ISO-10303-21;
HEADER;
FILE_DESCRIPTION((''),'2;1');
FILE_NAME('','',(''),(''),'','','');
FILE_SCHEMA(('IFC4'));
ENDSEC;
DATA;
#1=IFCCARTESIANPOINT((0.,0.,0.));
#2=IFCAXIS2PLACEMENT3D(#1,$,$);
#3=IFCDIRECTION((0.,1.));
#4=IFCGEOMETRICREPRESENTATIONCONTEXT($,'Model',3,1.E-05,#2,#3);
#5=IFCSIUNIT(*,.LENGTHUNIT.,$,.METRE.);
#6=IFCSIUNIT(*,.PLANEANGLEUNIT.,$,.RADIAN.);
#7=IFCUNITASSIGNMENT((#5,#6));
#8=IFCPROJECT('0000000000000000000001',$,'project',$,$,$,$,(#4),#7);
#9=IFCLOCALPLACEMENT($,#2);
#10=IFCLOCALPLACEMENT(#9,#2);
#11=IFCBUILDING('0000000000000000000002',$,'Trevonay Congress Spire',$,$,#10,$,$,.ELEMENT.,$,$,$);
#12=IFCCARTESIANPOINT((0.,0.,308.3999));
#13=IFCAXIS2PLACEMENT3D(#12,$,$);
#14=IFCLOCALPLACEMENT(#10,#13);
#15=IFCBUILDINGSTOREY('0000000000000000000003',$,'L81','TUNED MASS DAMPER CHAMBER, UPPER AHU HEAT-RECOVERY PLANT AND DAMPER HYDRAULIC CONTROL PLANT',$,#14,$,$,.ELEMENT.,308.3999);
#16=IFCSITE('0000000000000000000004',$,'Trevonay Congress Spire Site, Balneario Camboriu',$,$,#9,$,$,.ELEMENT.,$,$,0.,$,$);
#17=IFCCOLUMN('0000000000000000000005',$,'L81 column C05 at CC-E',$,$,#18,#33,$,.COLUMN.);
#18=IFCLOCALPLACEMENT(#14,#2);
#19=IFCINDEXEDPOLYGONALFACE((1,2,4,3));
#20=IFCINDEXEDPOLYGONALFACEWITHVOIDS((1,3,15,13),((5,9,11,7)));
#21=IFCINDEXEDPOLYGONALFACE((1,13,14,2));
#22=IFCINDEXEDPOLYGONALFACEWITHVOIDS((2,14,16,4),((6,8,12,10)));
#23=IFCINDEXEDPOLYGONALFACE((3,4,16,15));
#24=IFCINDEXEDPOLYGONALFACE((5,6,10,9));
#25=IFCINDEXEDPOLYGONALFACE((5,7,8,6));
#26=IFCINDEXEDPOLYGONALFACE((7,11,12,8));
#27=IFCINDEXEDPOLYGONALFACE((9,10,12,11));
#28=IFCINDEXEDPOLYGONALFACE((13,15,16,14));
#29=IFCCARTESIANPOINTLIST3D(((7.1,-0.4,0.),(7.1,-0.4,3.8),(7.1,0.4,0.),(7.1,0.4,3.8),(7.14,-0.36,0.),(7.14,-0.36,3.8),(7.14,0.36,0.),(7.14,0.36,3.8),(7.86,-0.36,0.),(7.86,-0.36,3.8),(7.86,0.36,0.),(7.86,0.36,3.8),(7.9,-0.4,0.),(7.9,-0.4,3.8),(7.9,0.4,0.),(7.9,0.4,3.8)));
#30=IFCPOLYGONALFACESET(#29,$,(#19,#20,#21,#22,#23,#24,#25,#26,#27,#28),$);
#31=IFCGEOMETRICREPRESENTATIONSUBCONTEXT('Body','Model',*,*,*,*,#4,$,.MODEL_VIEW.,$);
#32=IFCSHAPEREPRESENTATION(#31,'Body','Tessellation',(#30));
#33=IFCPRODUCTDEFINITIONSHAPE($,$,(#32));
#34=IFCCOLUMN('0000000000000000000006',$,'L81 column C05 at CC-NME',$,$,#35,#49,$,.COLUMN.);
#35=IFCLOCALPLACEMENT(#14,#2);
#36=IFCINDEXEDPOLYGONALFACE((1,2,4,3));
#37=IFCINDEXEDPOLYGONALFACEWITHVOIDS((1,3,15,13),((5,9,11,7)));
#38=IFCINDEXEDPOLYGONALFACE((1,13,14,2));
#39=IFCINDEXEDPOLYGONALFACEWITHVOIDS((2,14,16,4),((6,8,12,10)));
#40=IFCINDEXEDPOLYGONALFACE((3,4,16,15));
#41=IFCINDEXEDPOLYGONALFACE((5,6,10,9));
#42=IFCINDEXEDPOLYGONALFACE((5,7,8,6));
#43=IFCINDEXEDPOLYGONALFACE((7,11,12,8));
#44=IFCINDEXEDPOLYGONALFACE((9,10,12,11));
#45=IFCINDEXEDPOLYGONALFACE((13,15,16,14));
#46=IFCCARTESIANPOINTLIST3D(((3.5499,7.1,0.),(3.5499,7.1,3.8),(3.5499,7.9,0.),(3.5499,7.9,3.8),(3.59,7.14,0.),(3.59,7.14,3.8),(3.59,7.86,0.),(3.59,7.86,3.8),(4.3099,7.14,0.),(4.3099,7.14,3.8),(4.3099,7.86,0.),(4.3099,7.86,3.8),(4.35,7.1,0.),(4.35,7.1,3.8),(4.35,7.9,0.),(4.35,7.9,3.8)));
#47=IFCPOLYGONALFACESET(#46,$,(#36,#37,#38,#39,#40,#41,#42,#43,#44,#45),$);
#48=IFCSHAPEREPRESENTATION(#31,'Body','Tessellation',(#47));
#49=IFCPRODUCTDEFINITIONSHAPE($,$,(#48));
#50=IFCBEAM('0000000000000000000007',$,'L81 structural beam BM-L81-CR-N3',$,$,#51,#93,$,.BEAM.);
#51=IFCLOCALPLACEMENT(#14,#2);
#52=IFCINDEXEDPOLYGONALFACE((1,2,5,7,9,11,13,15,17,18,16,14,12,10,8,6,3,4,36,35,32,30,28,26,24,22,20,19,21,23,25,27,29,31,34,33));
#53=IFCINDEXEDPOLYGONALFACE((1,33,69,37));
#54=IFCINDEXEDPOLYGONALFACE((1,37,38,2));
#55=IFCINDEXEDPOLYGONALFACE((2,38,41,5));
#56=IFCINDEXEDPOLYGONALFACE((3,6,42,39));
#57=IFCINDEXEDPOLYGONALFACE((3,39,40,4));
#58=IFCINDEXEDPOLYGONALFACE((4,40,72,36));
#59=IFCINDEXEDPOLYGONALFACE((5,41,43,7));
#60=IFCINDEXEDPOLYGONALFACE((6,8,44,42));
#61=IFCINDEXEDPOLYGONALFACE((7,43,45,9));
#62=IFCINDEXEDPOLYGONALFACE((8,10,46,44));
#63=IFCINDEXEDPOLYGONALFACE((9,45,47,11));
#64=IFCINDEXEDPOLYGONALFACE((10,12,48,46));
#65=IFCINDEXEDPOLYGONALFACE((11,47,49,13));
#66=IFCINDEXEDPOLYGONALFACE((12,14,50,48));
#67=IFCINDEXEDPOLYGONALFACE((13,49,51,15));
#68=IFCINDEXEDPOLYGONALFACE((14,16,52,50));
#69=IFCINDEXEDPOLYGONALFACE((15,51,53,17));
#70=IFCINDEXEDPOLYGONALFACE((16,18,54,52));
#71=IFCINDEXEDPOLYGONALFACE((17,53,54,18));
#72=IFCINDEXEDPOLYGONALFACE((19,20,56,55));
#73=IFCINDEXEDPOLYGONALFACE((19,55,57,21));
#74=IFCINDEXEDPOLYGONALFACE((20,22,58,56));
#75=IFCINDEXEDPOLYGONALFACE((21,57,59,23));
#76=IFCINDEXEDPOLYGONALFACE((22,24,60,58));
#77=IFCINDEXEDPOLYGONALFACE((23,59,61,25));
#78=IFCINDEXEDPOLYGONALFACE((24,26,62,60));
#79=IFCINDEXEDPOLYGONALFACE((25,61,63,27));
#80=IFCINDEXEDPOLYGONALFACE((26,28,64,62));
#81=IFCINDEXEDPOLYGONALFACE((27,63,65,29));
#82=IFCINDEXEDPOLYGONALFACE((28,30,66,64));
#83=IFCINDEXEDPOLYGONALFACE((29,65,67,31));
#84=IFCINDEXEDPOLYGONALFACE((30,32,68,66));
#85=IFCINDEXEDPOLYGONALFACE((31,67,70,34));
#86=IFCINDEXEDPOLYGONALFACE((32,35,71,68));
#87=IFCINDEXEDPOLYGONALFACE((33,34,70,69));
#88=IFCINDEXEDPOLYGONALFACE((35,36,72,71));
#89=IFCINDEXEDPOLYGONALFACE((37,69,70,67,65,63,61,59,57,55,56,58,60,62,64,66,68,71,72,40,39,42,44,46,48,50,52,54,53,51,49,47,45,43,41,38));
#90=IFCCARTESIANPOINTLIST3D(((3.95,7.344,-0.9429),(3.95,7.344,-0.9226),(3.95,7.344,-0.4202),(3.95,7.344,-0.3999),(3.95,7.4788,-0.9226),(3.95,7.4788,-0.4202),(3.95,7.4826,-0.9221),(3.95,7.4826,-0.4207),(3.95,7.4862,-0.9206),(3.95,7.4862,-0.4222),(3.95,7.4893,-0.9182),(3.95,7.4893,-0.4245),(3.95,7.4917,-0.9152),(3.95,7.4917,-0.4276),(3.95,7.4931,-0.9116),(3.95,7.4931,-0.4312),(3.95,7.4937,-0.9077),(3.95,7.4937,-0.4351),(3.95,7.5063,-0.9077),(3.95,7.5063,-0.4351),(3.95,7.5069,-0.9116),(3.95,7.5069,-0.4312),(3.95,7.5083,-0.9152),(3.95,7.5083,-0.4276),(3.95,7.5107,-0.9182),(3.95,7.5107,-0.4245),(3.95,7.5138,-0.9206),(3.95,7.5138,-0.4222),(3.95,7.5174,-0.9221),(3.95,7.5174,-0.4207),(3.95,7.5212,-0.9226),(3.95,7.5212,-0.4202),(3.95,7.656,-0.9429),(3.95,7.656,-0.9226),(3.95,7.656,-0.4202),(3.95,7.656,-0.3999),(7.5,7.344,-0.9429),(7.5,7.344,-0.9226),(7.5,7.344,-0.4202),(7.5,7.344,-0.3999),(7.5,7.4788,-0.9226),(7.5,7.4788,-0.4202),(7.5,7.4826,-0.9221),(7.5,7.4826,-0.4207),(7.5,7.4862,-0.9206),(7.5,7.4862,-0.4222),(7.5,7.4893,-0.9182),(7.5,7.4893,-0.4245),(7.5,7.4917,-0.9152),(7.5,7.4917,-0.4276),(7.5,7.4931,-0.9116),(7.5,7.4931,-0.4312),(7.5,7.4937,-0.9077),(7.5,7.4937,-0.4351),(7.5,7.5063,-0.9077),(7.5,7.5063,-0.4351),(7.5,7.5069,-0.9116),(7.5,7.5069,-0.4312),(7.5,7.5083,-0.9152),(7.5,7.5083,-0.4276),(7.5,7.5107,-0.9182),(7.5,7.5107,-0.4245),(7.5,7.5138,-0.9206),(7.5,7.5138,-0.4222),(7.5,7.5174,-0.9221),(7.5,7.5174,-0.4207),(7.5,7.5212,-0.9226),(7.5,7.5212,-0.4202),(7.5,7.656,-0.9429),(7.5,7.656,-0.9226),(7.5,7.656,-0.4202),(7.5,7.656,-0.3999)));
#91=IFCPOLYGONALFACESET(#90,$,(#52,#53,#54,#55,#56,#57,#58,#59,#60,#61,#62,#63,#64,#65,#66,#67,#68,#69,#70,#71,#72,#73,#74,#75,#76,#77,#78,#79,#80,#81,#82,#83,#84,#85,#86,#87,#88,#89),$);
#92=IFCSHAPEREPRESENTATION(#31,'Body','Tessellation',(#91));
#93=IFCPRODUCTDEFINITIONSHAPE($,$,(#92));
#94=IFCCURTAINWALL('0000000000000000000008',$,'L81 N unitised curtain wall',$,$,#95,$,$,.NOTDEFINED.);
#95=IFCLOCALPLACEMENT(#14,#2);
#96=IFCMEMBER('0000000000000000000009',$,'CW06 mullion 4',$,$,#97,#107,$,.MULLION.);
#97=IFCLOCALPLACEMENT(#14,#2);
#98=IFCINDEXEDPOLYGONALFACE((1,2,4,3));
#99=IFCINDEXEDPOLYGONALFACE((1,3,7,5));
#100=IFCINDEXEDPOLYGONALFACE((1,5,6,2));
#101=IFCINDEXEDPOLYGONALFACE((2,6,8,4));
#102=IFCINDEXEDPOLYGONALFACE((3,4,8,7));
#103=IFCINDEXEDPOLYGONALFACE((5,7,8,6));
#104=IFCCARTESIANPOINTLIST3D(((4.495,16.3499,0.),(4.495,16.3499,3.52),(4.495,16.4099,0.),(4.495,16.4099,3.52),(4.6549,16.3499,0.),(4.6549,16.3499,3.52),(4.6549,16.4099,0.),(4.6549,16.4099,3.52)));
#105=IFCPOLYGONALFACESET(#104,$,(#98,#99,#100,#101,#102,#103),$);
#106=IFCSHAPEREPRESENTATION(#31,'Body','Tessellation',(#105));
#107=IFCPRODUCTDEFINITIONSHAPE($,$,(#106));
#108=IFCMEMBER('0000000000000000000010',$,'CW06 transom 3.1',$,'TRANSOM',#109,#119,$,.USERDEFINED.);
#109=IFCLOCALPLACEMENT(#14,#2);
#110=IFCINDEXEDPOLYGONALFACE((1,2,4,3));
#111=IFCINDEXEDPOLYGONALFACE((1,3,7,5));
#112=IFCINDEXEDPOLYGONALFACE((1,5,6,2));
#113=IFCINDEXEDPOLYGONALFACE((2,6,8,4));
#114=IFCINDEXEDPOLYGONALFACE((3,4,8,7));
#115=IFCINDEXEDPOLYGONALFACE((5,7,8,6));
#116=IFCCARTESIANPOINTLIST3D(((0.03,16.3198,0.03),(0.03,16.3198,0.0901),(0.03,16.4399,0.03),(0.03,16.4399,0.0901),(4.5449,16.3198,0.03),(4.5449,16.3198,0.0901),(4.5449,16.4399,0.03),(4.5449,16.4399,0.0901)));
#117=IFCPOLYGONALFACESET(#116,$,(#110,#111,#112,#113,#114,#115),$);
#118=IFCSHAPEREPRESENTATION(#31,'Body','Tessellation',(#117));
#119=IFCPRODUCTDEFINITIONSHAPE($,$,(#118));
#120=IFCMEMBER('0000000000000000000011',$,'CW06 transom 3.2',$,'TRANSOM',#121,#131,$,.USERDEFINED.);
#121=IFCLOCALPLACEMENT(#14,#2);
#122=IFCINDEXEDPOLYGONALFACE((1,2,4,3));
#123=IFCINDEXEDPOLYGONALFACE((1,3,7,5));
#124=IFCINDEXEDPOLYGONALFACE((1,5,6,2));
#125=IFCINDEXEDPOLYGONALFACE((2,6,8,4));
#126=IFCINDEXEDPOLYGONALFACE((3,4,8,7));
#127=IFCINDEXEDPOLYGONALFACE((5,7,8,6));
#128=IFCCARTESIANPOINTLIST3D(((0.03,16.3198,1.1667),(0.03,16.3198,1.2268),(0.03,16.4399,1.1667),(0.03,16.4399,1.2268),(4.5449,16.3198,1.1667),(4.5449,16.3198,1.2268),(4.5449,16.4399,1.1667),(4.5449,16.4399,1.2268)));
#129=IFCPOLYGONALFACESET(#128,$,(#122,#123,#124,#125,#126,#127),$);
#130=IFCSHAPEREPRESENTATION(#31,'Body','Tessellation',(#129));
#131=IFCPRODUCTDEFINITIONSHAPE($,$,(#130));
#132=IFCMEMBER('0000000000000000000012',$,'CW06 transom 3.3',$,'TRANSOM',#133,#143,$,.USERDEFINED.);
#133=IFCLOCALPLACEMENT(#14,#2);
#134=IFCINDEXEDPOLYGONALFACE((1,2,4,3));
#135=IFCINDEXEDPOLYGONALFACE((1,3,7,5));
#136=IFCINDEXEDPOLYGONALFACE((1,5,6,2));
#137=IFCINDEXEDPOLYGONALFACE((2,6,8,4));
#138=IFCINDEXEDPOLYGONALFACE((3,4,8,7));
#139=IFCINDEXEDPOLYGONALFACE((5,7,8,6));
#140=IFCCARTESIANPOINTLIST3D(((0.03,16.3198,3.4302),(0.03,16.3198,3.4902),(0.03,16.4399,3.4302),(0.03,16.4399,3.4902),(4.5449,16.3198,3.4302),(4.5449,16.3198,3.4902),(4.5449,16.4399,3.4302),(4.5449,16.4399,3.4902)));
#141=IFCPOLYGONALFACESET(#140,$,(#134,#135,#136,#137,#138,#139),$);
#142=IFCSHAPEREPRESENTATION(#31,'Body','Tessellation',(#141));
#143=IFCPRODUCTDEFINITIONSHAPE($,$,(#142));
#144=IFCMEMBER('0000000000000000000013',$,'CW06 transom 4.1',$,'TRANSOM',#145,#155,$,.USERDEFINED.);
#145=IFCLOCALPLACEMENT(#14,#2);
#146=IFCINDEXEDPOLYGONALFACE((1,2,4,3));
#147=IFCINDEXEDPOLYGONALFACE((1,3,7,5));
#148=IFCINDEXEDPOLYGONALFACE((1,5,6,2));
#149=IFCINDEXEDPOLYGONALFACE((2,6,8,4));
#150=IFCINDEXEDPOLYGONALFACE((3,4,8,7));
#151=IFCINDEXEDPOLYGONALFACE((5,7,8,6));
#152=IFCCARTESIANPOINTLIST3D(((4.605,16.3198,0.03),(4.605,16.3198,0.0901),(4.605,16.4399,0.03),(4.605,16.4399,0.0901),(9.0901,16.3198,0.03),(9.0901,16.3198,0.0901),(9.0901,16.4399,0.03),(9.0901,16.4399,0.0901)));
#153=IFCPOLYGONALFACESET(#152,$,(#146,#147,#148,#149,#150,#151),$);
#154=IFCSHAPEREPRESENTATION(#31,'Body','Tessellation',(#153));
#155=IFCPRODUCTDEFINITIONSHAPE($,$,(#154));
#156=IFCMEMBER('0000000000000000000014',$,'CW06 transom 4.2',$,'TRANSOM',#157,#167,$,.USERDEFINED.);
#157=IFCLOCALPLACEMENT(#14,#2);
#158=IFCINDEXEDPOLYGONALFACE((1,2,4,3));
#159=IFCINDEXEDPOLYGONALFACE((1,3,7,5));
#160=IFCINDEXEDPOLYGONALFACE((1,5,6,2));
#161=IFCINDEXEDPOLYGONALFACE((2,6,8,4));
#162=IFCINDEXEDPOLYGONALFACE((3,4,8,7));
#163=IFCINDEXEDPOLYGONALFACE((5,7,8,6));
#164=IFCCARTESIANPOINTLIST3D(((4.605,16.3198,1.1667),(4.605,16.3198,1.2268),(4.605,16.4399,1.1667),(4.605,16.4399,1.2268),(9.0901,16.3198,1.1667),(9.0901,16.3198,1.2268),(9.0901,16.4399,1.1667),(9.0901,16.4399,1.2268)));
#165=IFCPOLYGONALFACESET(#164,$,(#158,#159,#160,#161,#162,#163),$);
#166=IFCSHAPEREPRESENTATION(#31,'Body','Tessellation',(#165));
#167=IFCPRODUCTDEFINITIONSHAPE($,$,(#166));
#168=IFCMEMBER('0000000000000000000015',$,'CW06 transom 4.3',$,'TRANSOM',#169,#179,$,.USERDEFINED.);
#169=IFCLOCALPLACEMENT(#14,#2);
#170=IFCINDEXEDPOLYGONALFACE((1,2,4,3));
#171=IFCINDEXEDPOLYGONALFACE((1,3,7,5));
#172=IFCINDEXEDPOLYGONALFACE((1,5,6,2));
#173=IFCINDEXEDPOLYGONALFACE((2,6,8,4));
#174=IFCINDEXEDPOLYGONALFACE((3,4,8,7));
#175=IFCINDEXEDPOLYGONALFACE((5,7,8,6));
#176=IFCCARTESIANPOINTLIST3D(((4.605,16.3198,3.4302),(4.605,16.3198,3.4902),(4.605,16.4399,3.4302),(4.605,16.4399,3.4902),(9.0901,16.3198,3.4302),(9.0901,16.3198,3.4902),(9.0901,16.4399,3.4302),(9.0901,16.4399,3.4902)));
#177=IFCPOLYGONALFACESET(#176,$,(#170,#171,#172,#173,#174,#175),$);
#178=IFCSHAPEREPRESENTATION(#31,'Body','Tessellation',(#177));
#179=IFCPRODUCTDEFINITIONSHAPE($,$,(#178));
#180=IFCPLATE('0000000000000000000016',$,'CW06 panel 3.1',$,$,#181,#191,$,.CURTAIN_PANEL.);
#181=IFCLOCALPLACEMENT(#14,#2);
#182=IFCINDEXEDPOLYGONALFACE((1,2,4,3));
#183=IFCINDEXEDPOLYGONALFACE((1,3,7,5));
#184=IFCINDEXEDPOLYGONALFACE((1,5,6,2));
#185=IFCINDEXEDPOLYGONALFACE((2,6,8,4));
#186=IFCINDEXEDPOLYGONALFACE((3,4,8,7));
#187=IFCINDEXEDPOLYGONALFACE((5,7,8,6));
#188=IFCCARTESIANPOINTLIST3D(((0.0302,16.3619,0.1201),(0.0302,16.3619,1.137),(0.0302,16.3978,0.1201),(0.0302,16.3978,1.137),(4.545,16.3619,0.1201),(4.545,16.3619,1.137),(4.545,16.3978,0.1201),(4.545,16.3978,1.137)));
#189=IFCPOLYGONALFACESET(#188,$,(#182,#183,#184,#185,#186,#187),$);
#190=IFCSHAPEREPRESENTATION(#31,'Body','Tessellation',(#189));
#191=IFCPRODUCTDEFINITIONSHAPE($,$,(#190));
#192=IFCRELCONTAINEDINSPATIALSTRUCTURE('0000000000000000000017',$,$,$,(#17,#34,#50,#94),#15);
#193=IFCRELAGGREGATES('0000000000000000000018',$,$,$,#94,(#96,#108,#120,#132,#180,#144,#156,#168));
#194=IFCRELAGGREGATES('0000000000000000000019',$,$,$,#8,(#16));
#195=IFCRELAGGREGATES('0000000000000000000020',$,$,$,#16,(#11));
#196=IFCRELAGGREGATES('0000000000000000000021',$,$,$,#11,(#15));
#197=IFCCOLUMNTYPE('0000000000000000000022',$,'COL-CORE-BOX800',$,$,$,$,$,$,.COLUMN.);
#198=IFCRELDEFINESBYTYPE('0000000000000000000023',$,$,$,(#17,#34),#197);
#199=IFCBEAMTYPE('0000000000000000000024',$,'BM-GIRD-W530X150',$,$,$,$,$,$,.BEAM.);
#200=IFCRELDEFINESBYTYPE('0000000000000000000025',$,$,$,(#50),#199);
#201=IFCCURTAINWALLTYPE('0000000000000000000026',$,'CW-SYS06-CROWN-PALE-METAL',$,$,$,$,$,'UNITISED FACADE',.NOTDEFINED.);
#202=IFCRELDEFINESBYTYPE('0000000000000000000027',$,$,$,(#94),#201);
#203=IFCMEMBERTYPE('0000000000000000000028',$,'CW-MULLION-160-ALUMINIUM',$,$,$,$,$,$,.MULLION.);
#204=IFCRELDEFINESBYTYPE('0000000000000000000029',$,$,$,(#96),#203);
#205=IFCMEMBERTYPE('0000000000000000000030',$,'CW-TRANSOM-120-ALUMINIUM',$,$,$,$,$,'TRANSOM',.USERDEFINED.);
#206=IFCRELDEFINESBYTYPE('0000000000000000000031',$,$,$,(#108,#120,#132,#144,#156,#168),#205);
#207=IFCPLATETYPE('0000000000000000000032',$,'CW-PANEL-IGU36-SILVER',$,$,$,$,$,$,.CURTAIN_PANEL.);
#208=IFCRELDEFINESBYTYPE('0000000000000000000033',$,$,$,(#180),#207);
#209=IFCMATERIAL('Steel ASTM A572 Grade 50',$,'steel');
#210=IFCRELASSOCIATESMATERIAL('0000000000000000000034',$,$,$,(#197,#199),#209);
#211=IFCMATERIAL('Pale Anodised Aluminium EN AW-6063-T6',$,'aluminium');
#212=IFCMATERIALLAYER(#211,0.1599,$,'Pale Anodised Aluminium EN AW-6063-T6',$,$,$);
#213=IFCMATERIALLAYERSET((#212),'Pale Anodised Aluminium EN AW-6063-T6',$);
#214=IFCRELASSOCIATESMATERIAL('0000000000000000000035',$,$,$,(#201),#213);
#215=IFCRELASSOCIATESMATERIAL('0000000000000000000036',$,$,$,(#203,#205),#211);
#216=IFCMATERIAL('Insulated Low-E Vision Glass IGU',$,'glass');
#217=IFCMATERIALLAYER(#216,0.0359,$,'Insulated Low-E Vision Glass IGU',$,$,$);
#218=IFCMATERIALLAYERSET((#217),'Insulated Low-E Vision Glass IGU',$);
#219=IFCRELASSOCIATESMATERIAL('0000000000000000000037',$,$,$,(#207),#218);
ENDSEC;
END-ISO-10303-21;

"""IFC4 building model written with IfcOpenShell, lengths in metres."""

from ifc_helpers import new_model, si_unit, direction, frame, origin, origin_2d, place, context, subcontext, project, spatial, rectangle, hollow_rectangle, i_section, extrude, material, layer, layer_set, material_profile, profile_set, type_object, element, aggregate, save


model = new_model("IFC4")

# Units and contexts
model_context = context("Model", 3, precision=1e-05, world=origin(), true_north=direction((0.0, 1.0)))
body_context = subcontext(model_context, "Body", "Model", "MODEL_VIEW")
ifc_project = project(units=[si_unit("LENGTHUNIT", "METRE"), si_unit("PLANEANGLEUNIT", "RADIAN")], contexts=[model_context])

# Site, building, storey
site_placement = place(None, origin())
site = spatial("IfcSite", under=ifc_project, at=site_placement, Name="Trevonay Congress Spire Site, Balneario Camboriu", CompositionType="ELEMENT", RefElevation=0.0)
building_placement = place(site_placement, origin())
building = spatial("IfcBuilding", under=site, at=building_placement, Name="Trevonay Congress Spire", CompositionType="ELEMENT")
storey_placement = place(building_placement, frame((0.0, 0.0, 308.3999)))
storey = spatial("IfcBuildingStorey", under=building, at=storey_placement, Name="L81", Description="TUNED MASS DAMPER CHAMBER, UPPER AHU HEAT-RECOVERY PLANT AND DAMPER HYDRAULIC CONTROL PLANT", CompositionType="ELEMENT", Elevation=308.3999)

# Columns
ifc_material_1 = material(Name="Steel ASTM A572 Grade 50", Category="steel")
ifc_material_profile_1 = material_profile(ifc_material_1, hollow_rectangle(XDim=0.8, YDim=0.8, WallThickness=0.04, at=origin_2d()), Name="BOX 800x800x40")
ifc_profile_set_1 = profile_set([ifc_material_profile_1], Name="Steel ASTM A572 Grade 50")
column_type = type_object("IfcColumnType", Name="COL-CORE-BOX800", PredefinedType="COLUMN", material=ifc_profile_set_1)
for number, where, z_axis, x_axis, name in (
    (1, (7.5, 0.0, 0.0), (0.0, 0.0, 1.0), (1.0, 0.0, 0.0), "L81 column C05 at CC-E"),
    (2, (3.95, 7.5, 0.0), (0.0, 0.0, 1.0), (1.0, 0.0, 0.0), "L81 column C05 at CC-NME"),
):
    element("IfcColumn", number, at=place(storey_placement, frame(where, z_axis=z_axis, x_axis=x_axis)), inside=storey, type_object=column_type, Name=name, PredefinedType="COLUMN", context=body_context, shape_type="SweptSolid", body=[
        extrude(hollow_rectangle(XDim=0.8, YDim=0.8, WallThickness=0.04, at=origin_2d()), origin(), (0.0, 0.0, 1.0), 3.8),
    ])

# Beam
ifc_material_profile_2 = material_profile(ifc_material_1, i_section(OverallWidth=0.312, OverallDepth=0.543, WebThickness=0.0127, FlangeThickness=0.0203, FilletRadius=0.0149, at=origin_2d()), Name="W530x150")
ifc_profile_set_2 = profile_set([ifc_material_profile_2], Name="Steel ASTM A572 Grade 50")
beam_type = type_object("IfcBeamType", Name="BM-GIRD-W530X150", PredefinedType="BEAM", material=ifc_profile_set_2)
beam_placement = place(storey_placement, frame((3.95, 7.5, -0.6714), z_axis=(1.0, 0.0, 0.0), x_axis=(0.0, 1.0, 0.0)))
element("IfcBeam", 3, at=beam_placement, inside=storey, type_object=beam_type, Name="L81 structural beam BM-L81-CR-N3", PredefinedType="BEAM", context=body_context, shape_type="SweptSolid", body=[
    extrude(i_section(OverallWidth=0.312, OverallDepth=0.543, WebThickness=0.0127, FlangeThickness=0.0203, FilletRadius=0.0149, at=origin_2d()), origin(), (0.0, 0.0, 1.0), 3.55),
])

# Curtain wall, members, plate
ifc_material_2 = material(Name="Pale Anodised Aluminium EN AW-6063-T6", Category="aluminium")
ifc_layer_1 = layer(ifc_material_2, 0.1599, Name="Pale Anodised Aluminium EN AW-6063-T6")
ifc_layer_set_1 = layer_set([ifc_layer_1], Name="Pale Anodised Aluminium EN AW-6063-T6")
curtain_wall_type = type_object("IfcCurtainWallType", Name="CW-SYS06-CROWN-PALE-METAL", ElementType="UNITISED FACADE", PredefinedType="NOTDEFINED", material=ifc_layer_set_1)
curtain_wall_placement = place(storey_placement, origin())
curtain_wall = element("IfcCurtainWall", 4, at=curtain_wall_placement, inside=storey, type_object=curtain_wall_type, Name="L81 N unitised curtain wall", PredefinedType="NOTDEFINED")
ifc_material_profile_3 = material_profile(ifc_material_2, rectangle(XDim=0.0601, YDim=0.1599, at=origin_2d()), Name="CW-MULLION-160-ALUMINIUM")
ifc_profile_set_3 = profile_set([ifc_material_profile_3], Name="Pale Anodised Aluminium EN AW-6063-T6")
member_type_1 = type_object("IfcMemberType", Name="CW-MULLION-160-ALUMINIUM", PredefinedType="MULLION", material=ifc_profile_set_3)
member_1_placement = place(storey_placement, frame((4.575, 16.3799, 0.0), z_axis=(0.0, 0.0, 1.0), x_axis=(0.0, 1.0, 0.0)))
member_1 = element("IfcMember", 5, at=member_1_placement, type_object=member_type_1, Name="CW06 mullion 4", PredefinedType="MULLION", context=body_context, shape_type="SweptSolid", body=[
    extrude(rectangle(XDim=0.0601, YDim=0.1599, at=origin_2d()), origin(), (0.0, 0.0, 1.0), 3.52),
])
ifc_material_profile_4 = material_profile(ifc_material_2, rectangle(XDim=0.1201, YDim=0.0601, at=origin_2d()), Name="CW-TRANSOM-120-ALUMINIUM")
ifc_profile_set_4 = profile_set([ifc_material_profile_4], Name="Pale Anodised Aluminium EN AW-6063-T6")
member_type_2 = type_object("IfcMemberType", Name="CW-TRANSOM-120-ALUMINIUM", ElementType="TRANSOM", PredefinedType="USERDEFINED", material=ifc_profile_set_4)
member_2_placement = place(storey_placement, frame((0.03, 16.3799, 0.0601), z_axis=(1.0, 0.0, 0.0), x_axis=(0.0, 1.0, 0.0)))
member_2 = element("IfcMember", 6, at=member_2_placement, type_object=member_type_2, Name="CW06 transom 3.1", ObjectType="TRANSOM", PredefinedType="USERDEFINED", context=body_context, shape_type="SweptSolid", body=[
    extrude(rectangle(XDim=0.1201, YDim=0.0601, at=origin_2d()), origin(), (0.0, 0.0, 1.0), 4.5149),
])
member_3_placement = place(storey_placement, frame((0.03, 16.3799, 1.1968), z_axis=(1.0, 0.0, 0.0), x_axis=(0.0, 1.0, 0.0)))
member_3 = element("IfcMember", 7, at=member_3_placement, type_object=member_type_2, Name="CW06 transom 3.2", ObjectType="TRANSOM", PredefinedType="USERDEFINED", context=body_context, shape_type="SweptSolid", body=[
    extrude(rectangle(XDim=0.1201, YDim=0.0601, at=origin_2d()), origin(), (0.0, 0.0, 1.0), 4.5149),
])
member_4_placement = place(storey_placement, frame((0.03, 16.3799, 3.4602), z_axis=(1.0, 0.0, 0.0), x_axis=(0.0, 1.0, 0.0)))
member_4 = element("IfcMember", 8, at=member_4_placement, type_object=member_type_2, Name="CW06 transom 3.3", ObjectType="TRANSOM", PredefinedType="USERDEFINED", context=body_context, shape_type="SweptSolid", body=[
    extrude(rectangle(XDim=0.1201, YDim=0.0601, at=origin_2d()), origin(), (0.0, 0.0, 1.0), 4.5149),
])
member_5_placement = place(storey_placement, frame((4.605, 16.3799, 0.0601), z_axis=(1.0, 0.0, 0.0), x_axis=(0.0, 1.0, 0.0)))
member_5 = element("IfcMember", 9, at=member_5_placement, type_object=member_type_2, Name="CW06 transom 4.1", ObjectType="TRANSOM", PredefinedType="USERDEFINED", context=body_context, shape_type="SweptSolid", body=[
    extrude(rectangle(XDim=0.1201, YDim=0.0601, at=origin_2d()), origin(), (0.0, 0.0, 1.0), 4.4851),
])
member_6_placement = place(storey_placement, frame((4.605, 16.3799, 1.1968), z_axis=(1.0, 0.0, 0.0), x_axis=(0.0, 1.0, 0.0)))
member_6 = element("IfcMember", 10, at=member_6_placement, type_object=member_type_2, Name="CW06 transom 4.2", ObjectType="TRANSOM", PredefinedType="USERDEFINED", context=body_context, shape_type="SweptSolid", body=[
    extrude(rectangle(XDim=0.1201, YDim=0.0601, at=origin_2d()), origin(), (0.0, 0.0, 1.0), 4.4851),
])
member_7_placement = place(storey_placement, frame((4.605, 16.3799, 3.4602), z_axis=(1.0, 0.0, 0.0), x_axis=(0.0, 1.0, 0.0)))
member_7 = element("IfcMember", 11, at=member_7_placement, type_object=member_type_2, Name="CW06 transom 4.3", ObjectType="TRANSOM", PredefinedType="USERDEFINED", context=body_context, shape_type="SweptSolid", body=[
    extrude(rectangle(XDim=0.1201, YDim=0.0601, at=origin_2d()), origin(), (0.0, 0.0, 1.0), 4.4851),
])
ifc_material_3 = material(Name="Insulated Low-E Vision Glass IGU", Category="glass")
ifc_layer_2 = layer(ifc_material_3, 0.0359, Name="Insulated Low-E Vision Glass IGU")
ifc_layer_set_2 = layer_set([ifc_layer_2], Name="Insulated Low-E Vision Glass IGU")
plate_type = type_object("IfcPlateType", Name="CW-PANEL-IGU36-SILVER", PredefinedType="CURTAIN_PANEL", material=ifc_layer_set_2)
plate_1_placement = place(storey_placement, frame((2.2876, 16.3799, 0.1201), z_axis=(0.0, 0.0, 1.0), x_axis=(1.0, 0.0, 0.0)))
plate_1 = element("IfcPlate", 12, at=plate_1_placement, type_object=plate_type, Name="CW06 panel 3.1", PredefinedType="CURTAIN_PANEL", context=body_context, shape_type="SweptSolid", body=[
    extrude(rectangle(XDim=4.5149, YDim=0.0359, at=origin_2d()), origin(), (0.0, 0.0, 1.0), 1.0168),
])
aggregate(curtain_wall, [member_1, member_2, member_3, member_4, plate_1, member_5, member_6, member_7])

save(model, "model.ifc")
